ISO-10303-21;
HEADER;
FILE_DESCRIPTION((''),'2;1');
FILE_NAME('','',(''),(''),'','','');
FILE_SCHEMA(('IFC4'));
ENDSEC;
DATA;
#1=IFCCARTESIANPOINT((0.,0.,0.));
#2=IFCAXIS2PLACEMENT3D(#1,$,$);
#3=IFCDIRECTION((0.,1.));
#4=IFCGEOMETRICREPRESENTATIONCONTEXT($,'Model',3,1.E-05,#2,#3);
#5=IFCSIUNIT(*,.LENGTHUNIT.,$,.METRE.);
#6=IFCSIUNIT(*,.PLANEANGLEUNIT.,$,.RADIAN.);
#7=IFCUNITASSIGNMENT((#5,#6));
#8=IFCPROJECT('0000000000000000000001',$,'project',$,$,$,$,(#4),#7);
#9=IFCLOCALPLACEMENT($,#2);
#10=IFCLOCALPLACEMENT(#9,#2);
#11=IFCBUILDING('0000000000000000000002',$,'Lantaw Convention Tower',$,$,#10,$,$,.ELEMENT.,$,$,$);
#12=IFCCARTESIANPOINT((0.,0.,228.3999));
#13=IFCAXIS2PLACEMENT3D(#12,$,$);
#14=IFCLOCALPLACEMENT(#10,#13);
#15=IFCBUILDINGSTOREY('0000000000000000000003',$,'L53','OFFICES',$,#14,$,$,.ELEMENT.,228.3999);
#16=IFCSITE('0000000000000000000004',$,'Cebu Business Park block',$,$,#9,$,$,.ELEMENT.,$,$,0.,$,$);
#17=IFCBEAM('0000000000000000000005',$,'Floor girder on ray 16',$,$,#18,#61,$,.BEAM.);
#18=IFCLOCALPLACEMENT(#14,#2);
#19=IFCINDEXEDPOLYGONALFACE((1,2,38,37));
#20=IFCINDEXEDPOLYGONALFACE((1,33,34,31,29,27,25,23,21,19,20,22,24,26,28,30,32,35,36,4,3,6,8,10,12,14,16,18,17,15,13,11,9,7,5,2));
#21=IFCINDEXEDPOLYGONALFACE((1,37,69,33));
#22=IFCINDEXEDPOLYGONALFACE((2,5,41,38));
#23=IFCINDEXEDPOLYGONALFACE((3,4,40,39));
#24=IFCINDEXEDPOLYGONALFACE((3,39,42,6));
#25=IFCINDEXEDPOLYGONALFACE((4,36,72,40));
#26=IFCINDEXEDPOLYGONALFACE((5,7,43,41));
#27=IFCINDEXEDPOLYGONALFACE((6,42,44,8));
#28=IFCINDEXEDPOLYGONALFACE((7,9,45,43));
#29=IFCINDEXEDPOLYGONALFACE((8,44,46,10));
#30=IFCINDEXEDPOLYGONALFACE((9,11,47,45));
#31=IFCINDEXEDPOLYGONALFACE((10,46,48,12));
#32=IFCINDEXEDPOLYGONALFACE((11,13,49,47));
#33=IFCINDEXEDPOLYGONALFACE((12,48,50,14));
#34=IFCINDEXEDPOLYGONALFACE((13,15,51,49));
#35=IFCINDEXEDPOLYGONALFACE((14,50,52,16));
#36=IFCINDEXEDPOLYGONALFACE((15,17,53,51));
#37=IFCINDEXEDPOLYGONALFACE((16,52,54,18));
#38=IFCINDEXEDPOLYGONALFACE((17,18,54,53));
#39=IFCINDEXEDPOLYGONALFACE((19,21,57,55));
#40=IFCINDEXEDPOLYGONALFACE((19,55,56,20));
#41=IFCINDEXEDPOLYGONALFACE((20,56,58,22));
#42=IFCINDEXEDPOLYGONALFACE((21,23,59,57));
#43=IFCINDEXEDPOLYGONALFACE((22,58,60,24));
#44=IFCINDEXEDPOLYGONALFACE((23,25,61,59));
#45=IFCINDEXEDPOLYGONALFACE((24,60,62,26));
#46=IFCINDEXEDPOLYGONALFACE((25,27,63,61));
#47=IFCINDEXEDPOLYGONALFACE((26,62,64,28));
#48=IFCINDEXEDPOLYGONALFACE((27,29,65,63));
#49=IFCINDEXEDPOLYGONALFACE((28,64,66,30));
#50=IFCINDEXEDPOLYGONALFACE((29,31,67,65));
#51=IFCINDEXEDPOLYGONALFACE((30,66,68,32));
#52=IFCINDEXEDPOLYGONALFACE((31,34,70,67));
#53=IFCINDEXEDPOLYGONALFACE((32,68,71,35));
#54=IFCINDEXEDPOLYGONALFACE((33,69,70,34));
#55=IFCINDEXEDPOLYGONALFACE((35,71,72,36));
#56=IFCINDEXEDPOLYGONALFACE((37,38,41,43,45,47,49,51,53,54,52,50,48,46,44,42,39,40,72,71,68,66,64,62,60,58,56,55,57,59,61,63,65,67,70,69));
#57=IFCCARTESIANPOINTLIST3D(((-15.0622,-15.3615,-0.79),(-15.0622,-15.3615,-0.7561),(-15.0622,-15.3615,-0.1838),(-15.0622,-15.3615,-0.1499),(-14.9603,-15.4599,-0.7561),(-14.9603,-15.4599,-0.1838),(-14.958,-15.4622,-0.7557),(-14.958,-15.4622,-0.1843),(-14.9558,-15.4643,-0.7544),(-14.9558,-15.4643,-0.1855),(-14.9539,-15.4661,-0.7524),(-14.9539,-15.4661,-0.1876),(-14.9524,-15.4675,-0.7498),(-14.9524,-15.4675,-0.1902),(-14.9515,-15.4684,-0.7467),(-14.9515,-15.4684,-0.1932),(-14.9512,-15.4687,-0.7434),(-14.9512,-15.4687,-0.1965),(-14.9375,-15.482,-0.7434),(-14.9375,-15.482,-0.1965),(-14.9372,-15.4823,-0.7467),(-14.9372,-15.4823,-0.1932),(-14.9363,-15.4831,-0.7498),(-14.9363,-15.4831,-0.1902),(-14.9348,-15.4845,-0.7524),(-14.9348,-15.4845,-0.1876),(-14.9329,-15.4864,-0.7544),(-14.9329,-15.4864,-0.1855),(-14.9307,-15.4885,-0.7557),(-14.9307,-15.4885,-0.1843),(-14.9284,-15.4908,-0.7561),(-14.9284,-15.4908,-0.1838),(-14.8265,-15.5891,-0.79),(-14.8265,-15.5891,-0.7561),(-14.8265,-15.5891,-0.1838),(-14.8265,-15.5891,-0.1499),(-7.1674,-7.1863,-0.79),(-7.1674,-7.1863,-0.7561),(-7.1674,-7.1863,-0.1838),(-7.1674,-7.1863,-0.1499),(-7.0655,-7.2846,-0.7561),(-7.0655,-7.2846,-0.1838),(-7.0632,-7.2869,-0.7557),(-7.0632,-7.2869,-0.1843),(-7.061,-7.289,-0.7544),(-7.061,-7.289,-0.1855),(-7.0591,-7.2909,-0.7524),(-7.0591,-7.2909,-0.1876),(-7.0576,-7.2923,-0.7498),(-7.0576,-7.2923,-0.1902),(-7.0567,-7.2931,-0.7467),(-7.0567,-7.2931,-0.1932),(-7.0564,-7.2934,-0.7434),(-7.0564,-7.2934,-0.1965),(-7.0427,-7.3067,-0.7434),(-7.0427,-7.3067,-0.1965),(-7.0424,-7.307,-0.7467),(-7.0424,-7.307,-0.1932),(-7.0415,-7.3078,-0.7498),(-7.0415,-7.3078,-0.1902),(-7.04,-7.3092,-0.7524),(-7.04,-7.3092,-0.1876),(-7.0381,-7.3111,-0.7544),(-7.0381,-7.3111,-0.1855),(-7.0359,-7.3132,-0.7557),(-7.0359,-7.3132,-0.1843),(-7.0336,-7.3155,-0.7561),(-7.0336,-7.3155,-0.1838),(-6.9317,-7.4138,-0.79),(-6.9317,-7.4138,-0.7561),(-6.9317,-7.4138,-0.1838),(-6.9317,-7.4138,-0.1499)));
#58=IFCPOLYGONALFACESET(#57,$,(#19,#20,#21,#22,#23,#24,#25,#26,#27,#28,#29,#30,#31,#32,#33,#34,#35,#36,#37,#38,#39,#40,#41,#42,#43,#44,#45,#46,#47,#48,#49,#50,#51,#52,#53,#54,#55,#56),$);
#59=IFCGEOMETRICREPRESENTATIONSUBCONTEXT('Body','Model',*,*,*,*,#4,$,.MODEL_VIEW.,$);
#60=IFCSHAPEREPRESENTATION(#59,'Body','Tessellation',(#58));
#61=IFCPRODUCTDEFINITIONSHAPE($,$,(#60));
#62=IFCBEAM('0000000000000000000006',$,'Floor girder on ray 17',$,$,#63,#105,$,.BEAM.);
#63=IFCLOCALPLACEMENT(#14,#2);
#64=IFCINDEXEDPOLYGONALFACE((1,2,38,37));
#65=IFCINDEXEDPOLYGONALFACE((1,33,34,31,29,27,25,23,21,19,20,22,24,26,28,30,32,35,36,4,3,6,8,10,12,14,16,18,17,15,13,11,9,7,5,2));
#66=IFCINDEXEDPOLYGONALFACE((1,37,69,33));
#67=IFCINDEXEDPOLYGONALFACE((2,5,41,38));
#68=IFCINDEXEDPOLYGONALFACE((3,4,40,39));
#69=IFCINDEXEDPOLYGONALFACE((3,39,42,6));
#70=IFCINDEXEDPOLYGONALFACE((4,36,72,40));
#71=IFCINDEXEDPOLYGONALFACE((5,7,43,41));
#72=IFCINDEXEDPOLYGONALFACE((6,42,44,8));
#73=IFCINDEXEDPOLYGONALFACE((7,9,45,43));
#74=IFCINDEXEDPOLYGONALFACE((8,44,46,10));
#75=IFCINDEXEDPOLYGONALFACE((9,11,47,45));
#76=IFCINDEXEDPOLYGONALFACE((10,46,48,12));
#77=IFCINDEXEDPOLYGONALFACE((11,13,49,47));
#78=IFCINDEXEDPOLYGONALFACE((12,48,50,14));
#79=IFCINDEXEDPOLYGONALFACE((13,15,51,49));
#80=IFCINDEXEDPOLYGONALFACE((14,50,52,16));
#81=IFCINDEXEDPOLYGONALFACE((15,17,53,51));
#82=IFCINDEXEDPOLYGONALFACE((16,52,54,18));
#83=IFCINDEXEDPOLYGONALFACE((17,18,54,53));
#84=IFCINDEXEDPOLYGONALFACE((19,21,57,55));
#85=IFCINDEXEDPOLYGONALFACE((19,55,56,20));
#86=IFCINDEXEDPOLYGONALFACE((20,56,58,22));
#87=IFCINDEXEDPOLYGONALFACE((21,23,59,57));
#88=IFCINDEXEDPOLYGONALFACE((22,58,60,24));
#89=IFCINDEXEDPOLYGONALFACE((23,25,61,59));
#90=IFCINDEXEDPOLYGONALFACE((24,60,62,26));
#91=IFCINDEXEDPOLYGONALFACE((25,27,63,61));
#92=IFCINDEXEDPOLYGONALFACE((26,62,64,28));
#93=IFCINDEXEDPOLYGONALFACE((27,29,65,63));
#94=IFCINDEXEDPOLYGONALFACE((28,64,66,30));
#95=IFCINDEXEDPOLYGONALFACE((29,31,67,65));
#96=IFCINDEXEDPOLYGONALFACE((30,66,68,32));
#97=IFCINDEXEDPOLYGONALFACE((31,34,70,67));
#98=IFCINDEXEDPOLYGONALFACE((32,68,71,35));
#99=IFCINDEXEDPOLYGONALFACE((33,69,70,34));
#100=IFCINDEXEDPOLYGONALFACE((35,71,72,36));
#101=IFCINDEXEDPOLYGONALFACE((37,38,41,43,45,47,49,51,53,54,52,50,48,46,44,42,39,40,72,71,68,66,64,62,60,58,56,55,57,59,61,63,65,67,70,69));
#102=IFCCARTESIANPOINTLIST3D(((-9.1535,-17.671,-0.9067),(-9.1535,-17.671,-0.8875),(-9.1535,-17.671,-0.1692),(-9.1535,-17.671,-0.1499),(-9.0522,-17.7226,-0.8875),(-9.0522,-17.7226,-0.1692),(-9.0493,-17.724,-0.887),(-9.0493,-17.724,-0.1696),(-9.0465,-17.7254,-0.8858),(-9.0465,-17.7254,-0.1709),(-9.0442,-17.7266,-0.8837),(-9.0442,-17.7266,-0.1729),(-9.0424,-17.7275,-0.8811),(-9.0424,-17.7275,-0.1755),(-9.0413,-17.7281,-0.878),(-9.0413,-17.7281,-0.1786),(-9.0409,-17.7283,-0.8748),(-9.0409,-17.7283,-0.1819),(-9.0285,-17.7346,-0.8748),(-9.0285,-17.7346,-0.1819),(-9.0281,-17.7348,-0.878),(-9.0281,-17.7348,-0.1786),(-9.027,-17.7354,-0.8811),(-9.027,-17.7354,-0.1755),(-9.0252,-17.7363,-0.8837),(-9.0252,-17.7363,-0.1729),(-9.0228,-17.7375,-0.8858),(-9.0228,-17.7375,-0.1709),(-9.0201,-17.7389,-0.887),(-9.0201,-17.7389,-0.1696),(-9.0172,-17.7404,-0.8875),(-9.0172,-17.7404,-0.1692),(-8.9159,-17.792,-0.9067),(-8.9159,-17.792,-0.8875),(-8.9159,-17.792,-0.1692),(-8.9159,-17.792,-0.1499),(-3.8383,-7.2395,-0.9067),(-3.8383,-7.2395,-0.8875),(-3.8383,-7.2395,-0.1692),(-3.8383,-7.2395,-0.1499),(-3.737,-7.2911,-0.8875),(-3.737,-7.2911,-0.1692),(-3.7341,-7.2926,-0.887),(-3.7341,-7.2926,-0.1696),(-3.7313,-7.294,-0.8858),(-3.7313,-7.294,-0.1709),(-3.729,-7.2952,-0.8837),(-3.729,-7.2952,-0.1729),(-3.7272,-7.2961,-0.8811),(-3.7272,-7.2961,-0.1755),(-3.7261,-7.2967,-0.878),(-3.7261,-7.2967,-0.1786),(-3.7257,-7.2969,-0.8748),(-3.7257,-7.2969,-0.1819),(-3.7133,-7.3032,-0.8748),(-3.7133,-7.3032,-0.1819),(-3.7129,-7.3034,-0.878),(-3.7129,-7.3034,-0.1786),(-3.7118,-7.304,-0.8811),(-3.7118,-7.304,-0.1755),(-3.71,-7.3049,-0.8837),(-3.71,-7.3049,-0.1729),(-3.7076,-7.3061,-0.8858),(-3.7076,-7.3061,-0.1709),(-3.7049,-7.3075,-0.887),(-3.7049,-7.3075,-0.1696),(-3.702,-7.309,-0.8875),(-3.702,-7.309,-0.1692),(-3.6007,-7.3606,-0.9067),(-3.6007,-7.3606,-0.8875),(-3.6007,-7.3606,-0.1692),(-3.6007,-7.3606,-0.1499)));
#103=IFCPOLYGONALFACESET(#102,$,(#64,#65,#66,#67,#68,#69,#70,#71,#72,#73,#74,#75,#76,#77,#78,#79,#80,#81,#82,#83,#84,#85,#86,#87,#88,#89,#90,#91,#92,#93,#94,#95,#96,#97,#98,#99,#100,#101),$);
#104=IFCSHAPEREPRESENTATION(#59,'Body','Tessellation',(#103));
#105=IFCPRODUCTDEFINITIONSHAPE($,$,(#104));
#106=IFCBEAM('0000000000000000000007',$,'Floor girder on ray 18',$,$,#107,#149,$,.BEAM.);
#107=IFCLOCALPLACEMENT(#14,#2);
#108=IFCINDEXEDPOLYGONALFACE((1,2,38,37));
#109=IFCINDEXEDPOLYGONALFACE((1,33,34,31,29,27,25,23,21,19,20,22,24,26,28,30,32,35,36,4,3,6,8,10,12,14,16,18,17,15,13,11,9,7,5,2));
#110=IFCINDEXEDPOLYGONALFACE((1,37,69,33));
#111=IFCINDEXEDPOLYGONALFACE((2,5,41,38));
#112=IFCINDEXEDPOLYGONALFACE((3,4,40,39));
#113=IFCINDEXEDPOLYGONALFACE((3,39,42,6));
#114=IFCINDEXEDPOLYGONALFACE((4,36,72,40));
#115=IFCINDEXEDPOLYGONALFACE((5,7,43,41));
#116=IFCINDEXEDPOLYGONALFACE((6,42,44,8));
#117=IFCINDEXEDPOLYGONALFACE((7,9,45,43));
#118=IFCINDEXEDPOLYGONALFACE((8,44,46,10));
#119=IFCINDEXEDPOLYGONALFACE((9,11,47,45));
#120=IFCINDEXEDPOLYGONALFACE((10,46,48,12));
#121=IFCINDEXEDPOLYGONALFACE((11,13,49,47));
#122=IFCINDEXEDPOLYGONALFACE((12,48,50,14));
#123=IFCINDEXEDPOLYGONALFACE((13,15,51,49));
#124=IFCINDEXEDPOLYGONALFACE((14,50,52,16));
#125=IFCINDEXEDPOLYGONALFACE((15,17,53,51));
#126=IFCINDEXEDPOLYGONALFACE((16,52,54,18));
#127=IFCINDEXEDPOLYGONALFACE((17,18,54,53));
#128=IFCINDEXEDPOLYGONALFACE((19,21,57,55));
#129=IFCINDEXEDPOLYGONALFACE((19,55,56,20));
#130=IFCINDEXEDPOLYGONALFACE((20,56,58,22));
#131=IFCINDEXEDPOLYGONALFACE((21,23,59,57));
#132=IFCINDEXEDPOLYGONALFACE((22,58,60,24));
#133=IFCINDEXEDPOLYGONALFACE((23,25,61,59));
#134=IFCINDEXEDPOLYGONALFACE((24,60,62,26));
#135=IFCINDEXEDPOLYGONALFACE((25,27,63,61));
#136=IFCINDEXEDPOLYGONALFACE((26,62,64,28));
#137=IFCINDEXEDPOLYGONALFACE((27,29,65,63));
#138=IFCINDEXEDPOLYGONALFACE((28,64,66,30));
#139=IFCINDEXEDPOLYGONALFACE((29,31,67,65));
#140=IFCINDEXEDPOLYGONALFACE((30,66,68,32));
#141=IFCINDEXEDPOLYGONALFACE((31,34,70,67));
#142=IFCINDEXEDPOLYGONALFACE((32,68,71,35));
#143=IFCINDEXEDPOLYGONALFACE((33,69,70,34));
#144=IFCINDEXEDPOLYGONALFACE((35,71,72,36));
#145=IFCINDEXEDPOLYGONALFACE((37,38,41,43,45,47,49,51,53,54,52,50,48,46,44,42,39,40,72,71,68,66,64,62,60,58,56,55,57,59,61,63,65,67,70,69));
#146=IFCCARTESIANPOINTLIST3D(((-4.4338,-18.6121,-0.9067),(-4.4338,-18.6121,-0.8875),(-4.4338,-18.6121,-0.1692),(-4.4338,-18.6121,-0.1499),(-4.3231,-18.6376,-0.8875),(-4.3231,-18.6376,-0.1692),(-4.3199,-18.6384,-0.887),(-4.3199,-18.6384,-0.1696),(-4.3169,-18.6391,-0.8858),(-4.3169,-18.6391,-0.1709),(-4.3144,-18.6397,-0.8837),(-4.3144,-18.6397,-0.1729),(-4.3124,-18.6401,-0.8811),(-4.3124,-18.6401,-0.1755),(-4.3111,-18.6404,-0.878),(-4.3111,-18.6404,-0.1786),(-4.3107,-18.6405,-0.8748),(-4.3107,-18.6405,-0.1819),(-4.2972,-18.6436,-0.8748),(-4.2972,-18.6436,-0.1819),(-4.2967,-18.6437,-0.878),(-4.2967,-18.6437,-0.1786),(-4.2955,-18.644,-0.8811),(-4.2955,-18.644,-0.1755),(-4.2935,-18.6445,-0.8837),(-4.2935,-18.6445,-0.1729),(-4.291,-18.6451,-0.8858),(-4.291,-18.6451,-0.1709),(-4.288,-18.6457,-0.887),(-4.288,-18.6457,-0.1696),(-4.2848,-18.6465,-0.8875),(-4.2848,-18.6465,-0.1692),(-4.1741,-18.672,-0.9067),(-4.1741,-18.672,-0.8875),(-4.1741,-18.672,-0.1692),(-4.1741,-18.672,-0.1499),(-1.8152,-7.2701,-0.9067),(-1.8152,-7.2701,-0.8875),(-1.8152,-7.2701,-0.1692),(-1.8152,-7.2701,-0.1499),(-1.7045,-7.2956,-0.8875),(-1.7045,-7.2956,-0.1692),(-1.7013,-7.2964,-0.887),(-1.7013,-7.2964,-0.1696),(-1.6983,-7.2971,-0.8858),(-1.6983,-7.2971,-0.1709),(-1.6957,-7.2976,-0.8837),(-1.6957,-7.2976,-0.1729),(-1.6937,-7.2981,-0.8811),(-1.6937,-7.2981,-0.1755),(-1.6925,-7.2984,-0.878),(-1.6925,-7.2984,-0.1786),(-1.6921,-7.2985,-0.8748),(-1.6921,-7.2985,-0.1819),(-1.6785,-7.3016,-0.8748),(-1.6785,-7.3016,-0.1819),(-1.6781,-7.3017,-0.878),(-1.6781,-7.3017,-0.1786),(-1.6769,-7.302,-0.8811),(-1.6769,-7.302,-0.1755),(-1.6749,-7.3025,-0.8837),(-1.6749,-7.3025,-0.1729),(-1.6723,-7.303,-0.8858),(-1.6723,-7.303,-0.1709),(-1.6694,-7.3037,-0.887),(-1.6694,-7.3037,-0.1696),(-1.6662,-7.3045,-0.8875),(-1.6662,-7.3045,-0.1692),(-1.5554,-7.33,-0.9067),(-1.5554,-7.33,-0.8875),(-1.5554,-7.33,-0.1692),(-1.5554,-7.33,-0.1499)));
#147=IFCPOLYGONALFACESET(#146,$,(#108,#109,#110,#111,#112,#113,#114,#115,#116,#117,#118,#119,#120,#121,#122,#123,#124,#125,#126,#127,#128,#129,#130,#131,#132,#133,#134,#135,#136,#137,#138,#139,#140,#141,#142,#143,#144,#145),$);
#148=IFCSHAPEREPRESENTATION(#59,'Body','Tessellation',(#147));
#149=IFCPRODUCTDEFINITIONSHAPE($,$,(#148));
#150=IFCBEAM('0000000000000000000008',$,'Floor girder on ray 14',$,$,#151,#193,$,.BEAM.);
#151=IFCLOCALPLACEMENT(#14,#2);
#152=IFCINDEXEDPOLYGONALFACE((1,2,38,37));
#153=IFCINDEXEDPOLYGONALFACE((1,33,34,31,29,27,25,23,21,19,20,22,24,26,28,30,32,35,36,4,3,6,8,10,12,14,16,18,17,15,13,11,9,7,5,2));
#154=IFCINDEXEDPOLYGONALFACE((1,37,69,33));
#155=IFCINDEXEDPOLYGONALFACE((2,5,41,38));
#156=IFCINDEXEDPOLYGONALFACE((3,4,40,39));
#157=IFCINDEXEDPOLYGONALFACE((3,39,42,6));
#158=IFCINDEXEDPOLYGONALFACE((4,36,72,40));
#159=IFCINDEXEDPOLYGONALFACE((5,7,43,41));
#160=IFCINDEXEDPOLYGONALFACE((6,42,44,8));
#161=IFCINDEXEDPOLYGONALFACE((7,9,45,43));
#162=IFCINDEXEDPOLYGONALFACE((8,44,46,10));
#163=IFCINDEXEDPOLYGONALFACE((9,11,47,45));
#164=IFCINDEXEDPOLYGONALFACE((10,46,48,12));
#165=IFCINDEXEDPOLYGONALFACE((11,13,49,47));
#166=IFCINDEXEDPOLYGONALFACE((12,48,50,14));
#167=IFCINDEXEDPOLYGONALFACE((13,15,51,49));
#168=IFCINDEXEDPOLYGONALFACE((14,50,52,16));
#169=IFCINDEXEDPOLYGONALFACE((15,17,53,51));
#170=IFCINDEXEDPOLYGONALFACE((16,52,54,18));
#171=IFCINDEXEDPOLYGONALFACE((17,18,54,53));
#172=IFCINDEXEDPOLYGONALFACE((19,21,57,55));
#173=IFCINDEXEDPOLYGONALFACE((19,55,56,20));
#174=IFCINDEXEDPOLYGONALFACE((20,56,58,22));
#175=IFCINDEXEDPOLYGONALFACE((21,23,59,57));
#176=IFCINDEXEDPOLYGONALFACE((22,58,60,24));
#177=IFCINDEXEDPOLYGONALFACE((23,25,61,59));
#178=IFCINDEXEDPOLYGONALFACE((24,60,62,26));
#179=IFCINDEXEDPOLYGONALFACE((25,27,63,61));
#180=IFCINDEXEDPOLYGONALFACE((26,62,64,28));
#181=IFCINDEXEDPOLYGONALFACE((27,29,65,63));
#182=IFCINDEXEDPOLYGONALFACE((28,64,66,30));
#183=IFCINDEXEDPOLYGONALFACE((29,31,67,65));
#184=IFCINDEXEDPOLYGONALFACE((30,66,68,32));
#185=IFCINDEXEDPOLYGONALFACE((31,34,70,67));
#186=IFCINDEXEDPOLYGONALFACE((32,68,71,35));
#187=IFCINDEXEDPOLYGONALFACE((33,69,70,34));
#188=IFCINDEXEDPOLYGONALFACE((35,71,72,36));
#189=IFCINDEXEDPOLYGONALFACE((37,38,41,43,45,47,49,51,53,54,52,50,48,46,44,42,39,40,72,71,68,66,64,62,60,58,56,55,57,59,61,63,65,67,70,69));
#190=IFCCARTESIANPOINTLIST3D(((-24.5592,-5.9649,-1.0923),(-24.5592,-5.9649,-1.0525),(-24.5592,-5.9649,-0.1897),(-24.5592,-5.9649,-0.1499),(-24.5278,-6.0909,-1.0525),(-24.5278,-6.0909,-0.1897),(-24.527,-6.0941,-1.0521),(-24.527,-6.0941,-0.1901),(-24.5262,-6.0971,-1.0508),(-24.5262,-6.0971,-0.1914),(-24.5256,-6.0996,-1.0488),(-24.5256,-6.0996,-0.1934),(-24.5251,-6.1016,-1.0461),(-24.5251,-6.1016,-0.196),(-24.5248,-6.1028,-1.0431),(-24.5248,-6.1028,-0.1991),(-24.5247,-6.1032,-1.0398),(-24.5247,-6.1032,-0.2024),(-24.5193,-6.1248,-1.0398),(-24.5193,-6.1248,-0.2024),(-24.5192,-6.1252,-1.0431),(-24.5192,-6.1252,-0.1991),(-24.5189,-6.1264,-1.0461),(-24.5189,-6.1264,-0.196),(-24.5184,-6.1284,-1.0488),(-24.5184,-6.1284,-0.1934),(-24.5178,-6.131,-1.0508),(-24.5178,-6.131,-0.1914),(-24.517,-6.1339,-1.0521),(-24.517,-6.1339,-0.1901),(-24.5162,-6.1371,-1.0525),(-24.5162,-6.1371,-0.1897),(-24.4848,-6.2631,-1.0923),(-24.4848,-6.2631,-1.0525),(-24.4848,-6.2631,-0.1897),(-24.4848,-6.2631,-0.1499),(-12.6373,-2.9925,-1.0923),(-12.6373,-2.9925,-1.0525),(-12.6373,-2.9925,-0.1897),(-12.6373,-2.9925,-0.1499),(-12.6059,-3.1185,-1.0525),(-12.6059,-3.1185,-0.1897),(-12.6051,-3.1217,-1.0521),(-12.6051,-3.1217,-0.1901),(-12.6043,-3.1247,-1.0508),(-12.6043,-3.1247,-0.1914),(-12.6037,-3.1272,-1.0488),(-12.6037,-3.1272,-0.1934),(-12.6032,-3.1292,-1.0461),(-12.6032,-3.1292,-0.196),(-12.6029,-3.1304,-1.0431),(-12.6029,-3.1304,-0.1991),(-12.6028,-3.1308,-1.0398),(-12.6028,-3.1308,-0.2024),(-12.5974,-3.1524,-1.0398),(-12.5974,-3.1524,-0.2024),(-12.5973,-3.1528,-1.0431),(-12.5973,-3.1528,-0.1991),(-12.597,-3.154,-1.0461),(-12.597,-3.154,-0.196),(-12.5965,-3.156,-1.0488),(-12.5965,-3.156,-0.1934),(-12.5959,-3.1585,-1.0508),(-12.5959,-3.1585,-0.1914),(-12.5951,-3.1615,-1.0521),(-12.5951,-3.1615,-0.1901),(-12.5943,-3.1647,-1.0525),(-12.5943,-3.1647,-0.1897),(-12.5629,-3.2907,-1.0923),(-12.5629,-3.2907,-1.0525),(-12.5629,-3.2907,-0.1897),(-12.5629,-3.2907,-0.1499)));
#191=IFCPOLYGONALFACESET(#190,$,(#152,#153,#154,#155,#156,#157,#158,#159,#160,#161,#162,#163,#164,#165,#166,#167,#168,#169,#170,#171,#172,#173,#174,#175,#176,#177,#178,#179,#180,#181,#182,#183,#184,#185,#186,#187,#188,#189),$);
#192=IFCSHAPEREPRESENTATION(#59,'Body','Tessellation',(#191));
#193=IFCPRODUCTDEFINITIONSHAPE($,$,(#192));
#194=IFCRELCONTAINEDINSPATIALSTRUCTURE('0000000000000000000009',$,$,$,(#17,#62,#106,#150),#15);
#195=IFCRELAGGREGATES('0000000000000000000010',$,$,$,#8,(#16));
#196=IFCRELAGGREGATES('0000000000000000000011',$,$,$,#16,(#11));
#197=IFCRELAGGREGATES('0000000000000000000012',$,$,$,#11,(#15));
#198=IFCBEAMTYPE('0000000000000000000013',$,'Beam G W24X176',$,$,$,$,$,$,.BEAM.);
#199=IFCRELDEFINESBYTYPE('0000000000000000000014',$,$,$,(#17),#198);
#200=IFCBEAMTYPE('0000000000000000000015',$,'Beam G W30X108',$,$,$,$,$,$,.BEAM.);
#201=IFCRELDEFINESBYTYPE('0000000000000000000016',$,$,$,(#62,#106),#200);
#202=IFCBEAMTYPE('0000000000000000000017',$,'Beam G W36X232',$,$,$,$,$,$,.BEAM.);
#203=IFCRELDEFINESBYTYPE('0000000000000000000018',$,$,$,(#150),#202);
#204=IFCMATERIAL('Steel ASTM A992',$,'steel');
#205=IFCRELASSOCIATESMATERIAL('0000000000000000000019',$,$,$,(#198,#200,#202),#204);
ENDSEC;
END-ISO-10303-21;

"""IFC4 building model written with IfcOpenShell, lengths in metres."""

from ifc_helpers import new_model, si_unit, direction, frame, origin, origin_2d, place, context, subcontext, project, spatial, i_section, extrude, material, material_profile, profile_set, type_object, element, save


model = new_model("IFC4")

# Units and contexts
model_context = context("Model", 3, precision=1e-05, world=origin(), true_north=direction((0.0, 1.0)))
body_context = subcontext(model_context, "Body", "Model", "MODEL_VIEW")
ifc_project = project(units=[si_unit("LENGTHUNIT", "METRE"), si_unit("PLANEANGLEUNIT", "RADIAN")], contexts=[model_context])

# Site, building, storey
site_placement = place(None, origin())
site = spatial("IfcSite", under=ifc_project, at=site_placement, Name="Cebu Business Park block", CompositionType="ELEMENT", RefElevation=0.0)
building_placement = place(site_placement, origin())
building = spatial("IfcBuilding", under=site, at=building_placement, Name="Lantaw Convention Tower", CompositionType="ELEMENT")
storey_placement = place(building_placement, frame((0.0, 0.0, 228.3999)))
storey = spatial("IfcBuildingStorey", under=building, at=storey_placement, Name="L53", Description="OFFICES", CompositionType="ELEMENT", Elevation=228.3999)

# Beams
ifc_material_1 = material(Name="Steel ASTM A992", Category="steel")
ifc_material_profile_1 = material_profile(ifc_material_1, i_section(OverallWidth=0.3276, OverallDepth=0.6401, WebThickness=0.019, FlangeThickness=0.0339, FilletRadius=0.0127, at=origin_2d()), Name="W24X176")
ifc_profile_set_1 = profile_set([ifc_material_profile_1], Name="Steel ASTM A992")
beam_type_1 = type_object("IfcBeamType", Name="Beam G W24X176", PredefinedType="BEAM", material=ifc_profile_set_1)
beam_1_placement = place(storey_placement, frame((-7.0496, -7.3, -0.47), z_axis=(-0.694658, -0.71934, 0.0), x_axis=(0.71934, -0.694658, 0.0)))
element("IfcBeam", 1, at=beam_1_placement, inside=storey, type_object=beam_type_1, Name="Floor girder on ray 16", PredefinedType="BEAM", context=body_context, shape_type="SweptSolid", body=[
    extrude(i_section(OverallWidth=0.3276, OverallDepth=0.6401, WebThickness=0.019, FlangeThickness=0.0339, FilletRadius=0.0127, at=origin_2d()), origin(), (0.0, 0.0, 1.0), 11.365),
])
ifc_material_profile_2 = material_profile(ifc_material_1, i_section(OverallWidth=0.2666, OverallDepth=0.7568, WebThickness=0.0139, FlangeThickness=0.0193, FilletRadius=0.0127, at=origin_2d()), Name="W30X108")
ifc_profile_set_2 = profile_set([ifc_material_profile_2], Name="Steel ASTM A992")
beam_type_2 = type_object("IfcBeamType", Name="Beam G W30X108", PredefinedType="BEAM", material=ifc_profile_set_2)
beam_2_placement = place(storey_placement, frame((-3.7195, -7.3, -0.5283), z_axis=(-0.453999, -0.891002, 0.0), x_axis=(0.891002, -0.453999, 0.0)))
element("IfcBeam", 2, at=beam_2_placement, inside=storey, type_object=beam_type_2, Name="Floor girder on ray 17", PredefinedType="BEAM", context=body_context, shape_type="SweptSolid", body=[
    extrude(i_section(OverallWidth=0.2666, OverallDepth=0.7568, WebThickness=0.0139, FlangeThickness=0.0193, FilletRadius=0.0127, at=origin_2d()), origin(), (0.0, 0.0, 1.0), 11.7075),
])
beam_3_placement = place(storey_placement, frame((-1.6853, -7.3, -0.5283), z_axis=(-0.224962, -0.974368, 0.0), x_axis=(0.974368, -0.224962, 0.0)))
element("IfcBeam", 3, at=beam_3_placement, inside=storey, type_object=beam_type_2, Name="Floor girder on ray 18", PredefinedType="BEAM", context=body_context, shape_type="SweptSolid", body=[
    extrude(i_section(OverallWidth=0.2666, OverallDepth=0.7568, WebThickness=0.0139, FlangeThickness=0.0193, FilletRadius=0.0127, at=origin_2d()), origin(), (0.0, 0.0, 1.0), 11.6404),
])
ifc_material_profile_3 = material_profile(ifc_material_1, i_section(OverallWidth=0.3074, OverallDepth=0.9424, WebThickness=0.0222, FlangeThickness=0.0398, FilletRadius=0.0127, at=origin_2d()), Name="W36X232")
ifc_profile_set_3 = profile_set([ifc_material_profile_3], Name="Steel ASTM A992")
beam_type_3 = type_object("IfcBeamType", Name="Beam G W36X232", PredefinedType="BEAM", material=ifc_profile_set_3)
beam_4_placement = place(storey_placement, frame((-12.6001, -3.1416, -0.6211), z_axis=(-0.970297, -0.241918, 0.0), x_axis=(0.241918, -0.970297, 0.0)))
element("IfcBeam", 4, at=beam_4_placement, inside=storey, type_object=beam_type_3, Name="Floor girder on ray 14", PredefinedType="BEAM", context=body_context, shape_type="SweptSolid", body=[
    extrude(i_section(OverallWidth=0.3074, OverallDepth=0.9424, WebThickness=0.0222, FlangeThickness=0.0398, FilletRadius=0.0127, at=origin_2d()), origin(), (0.0, 0.0, 1.0), 12.2869),
])

save(model, "model.ifc")
